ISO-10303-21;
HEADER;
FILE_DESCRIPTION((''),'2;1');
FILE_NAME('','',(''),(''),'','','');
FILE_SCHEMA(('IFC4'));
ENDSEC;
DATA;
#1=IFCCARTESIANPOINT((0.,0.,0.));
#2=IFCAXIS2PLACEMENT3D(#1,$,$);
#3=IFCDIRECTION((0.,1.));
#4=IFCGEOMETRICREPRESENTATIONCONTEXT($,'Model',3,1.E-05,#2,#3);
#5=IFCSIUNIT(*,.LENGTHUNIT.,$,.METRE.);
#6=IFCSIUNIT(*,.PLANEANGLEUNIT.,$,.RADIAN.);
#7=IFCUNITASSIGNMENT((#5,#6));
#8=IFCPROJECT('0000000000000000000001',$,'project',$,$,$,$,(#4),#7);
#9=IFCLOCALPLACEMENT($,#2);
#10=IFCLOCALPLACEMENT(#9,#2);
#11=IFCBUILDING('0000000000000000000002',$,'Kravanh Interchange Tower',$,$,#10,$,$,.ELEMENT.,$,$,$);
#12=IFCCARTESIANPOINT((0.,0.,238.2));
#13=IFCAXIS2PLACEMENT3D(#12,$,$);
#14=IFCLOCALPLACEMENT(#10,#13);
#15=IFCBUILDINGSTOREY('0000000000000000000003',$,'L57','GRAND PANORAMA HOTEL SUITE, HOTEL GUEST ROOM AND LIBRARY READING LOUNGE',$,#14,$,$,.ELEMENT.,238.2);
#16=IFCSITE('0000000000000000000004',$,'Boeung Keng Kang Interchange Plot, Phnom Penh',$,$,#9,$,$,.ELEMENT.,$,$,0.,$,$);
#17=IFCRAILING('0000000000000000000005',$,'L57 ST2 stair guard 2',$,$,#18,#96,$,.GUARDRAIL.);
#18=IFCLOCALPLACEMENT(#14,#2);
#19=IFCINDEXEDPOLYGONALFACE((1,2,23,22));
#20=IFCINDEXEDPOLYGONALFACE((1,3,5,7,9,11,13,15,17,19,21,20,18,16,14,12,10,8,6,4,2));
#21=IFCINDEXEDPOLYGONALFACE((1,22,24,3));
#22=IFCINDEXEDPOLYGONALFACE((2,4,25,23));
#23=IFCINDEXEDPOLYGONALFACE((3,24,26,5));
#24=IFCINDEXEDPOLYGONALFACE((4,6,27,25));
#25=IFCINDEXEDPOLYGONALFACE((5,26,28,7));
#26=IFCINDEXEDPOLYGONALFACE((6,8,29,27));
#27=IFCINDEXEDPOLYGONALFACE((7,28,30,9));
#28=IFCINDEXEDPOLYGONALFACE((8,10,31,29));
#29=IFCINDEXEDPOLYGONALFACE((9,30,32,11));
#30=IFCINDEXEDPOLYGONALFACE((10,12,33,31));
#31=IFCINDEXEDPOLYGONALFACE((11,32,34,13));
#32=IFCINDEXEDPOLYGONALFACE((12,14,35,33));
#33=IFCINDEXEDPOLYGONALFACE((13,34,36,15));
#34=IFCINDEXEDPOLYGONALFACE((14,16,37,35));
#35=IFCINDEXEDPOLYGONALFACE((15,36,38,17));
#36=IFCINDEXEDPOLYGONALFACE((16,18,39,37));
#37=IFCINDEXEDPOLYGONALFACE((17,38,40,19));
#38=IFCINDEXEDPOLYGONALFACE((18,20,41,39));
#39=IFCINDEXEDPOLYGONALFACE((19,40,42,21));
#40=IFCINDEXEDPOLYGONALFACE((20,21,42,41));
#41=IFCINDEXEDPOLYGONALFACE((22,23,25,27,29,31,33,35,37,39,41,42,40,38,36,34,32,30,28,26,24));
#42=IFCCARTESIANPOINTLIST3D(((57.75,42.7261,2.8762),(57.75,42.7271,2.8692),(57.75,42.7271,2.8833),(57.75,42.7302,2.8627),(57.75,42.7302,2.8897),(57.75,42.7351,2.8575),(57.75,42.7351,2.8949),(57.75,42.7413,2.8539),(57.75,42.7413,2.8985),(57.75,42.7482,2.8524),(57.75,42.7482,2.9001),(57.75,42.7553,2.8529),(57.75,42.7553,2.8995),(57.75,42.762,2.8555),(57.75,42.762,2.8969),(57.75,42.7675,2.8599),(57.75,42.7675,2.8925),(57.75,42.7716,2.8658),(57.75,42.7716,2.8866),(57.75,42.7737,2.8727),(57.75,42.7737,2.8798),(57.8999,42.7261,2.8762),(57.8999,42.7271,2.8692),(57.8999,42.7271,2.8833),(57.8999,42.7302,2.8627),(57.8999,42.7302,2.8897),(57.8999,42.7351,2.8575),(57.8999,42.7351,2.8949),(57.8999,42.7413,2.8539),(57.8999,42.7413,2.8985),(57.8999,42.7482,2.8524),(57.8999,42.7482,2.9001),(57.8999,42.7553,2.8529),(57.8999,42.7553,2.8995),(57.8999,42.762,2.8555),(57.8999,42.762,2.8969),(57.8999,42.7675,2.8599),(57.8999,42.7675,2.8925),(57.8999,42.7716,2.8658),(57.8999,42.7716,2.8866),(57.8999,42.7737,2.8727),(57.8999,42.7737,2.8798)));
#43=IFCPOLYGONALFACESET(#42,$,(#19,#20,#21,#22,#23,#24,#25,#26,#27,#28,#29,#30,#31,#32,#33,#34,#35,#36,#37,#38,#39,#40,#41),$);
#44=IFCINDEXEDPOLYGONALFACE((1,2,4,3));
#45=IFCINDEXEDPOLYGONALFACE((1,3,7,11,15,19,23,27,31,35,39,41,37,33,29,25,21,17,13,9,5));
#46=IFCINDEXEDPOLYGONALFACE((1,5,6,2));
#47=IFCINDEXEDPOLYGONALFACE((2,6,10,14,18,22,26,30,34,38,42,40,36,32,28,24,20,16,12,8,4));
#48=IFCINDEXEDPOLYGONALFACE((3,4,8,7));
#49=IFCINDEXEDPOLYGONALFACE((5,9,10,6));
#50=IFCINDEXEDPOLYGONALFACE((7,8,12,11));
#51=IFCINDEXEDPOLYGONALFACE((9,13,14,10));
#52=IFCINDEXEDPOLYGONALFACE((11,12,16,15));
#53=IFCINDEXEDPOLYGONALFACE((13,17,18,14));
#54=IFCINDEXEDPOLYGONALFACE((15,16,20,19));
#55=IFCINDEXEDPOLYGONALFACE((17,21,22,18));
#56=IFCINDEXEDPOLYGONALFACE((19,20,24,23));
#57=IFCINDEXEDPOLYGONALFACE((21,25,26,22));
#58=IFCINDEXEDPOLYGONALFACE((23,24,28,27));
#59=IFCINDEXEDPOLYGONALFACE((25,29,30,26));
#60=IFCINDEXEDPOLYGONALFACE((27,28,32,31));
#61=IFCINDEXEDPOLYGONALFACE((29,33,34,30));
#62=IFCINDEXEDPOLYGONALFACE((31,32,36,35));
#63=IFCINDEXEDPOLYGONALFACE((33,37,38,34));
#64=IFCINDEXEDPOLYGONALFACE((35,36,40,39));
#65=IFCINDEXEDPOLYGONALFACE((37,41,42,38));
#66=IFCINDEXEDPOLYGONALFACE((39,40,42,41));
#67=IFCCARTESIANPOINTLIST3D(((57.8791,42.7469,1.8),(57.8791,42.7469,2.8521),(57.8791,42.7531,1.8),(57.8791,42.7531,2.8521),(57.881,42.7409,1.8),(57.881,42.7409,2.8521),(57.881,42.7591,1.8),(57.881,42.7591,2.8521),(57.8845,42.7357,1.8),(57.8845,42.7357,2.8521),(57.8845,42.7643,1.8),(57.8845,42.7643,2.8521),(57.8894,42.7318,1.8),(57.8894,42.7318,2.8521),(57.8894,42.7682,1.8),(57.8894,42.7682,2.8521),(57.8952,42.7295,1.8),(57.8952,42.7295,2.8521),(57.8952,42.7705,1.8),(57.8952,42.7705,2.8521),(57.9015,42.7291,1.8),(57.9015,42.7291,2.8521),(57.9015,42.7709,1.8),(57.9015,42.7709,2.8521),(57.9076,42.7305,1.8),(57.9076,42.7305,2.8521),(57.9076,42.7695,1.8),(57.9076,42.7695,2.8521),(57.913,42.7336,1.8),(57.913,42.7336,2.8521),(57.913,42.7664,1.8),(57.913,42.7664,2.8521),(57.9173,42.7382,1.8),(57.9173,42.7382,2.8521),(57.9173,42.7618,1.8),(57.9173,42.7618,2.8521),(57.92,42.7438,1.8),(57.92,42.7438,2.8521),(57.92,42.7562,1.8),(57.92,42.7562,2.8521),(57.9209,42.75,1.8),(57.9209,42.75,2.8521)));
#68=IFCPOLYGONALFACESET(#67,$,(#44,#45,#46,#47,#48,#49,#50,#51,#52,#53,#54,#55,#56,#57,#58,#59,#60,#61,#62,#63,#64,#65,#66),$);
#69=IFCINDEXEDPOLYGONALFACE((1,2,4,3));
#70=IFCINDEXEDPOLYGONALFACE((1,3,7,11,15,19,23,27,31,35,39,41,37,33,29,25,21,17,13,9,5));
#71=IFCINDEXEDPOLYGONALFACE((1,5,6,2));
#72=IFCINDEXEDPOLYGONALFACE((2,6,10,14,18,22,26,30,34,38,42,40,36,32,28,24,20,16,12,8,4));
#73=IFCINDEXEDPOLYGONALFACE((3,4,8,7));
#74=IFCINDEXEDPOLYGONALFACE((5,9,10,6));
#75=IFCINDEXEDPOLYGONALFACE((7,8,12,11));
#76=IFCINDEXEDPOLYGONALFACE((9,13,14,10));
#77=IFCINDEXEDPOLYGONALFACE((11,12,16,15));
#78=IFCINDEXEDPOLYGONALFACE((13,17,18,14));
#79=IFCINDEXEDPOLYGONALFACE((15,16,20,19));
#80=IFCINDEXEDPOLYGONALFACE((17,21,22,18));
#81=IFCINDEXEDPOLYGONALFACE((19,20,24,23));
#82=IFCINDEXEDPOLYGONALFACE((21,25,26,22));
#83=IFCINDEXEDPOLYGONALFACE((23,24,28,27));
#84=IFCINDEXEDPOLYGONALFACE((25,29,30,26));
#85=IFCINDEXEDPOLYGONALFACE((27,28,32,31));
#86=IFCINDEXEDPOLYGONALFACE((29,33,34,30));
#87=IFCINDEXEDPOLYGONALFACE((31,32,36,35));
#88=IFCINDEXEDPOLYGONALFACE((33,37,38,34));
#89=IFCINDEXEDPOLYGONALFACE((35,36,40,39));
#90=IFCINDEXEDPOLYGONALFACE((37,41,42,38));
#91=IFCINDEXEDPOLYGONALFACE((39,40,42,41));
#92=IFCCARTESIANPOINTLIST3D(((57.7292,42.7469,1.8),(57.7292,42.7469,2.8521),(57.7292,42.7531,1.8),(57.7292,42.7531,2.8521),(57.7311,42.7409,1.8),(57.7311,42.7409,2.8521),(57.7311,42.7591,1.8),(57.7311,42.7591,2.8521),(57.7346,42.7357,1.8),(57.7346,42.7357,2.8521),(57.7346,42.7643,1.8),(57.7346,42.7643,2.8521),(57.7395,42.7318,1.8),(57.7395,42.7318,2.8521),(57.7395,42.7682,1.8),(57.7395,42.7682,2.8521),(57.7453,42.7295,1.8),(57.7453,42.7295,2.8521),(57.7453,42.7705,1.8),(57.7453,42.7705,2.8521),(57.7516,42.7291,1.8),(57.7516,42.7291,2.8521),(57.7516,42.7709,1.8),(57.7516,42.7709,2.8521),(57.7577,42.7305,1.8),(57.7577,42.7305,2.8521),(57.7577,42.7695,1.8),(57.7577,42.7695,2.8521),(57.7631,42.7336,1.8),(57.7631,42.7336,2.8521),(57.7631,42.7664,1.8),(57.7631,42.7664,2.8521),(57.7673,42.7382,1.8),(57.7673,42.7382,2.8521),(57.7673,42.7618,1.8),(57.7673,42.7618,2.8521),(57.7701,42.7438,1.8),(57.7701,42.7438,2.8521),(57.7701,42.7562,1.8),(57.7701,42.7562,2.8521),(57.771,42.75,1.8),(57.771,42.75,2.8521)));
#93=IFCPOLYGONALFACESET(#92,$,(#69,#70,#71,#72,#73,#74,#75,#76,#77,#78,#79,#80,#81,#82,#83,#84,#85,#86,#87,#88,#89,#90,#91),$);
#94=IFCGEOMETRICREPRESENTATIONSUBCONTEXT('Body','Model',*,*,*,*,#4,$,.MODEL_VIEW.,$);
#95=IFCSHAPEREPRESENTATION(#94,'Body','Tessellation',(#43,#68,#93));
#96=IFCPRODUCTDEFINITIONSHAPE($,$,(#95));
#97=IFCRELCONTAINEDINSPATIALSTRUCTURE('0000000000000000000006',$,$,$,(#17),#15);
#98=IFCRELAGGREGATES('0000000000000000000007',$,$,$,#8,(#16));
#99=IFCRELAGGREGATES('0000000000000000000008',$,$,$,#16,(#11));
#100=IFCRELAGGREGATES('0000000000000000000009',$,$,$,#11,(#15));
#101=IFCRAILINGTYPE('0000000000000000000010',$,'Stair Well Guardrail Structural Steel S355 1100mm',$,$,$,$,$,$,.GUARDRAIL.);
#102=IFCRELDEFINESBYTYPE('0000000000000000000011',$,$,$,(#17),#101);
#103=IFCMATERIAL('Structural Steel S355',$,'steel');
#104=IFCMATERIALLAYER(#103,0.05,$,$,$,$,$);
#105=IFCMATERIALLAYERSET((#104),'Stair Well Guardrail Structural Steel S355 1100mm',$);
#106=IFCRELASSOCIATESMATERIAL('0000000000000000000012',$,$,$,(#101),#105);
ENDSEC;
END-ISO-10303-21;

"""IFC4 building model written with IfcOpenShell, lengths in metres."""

from ifc_helpers import new_model, si_unit, direction, frame, origin, origin_2d, place, context, subcontext, project, spatial, circle, extrude, material, layer, layer_set, type_object, element, save


model = new_model("IFC4")

# Units and contexts
model_context = context("Model", 3, precision=1e-05, world=origin(), true_north=direction((0.0, 1.0)))
body_context = subcontext(model_context, "Body", "Model", "MODEL_VIEW")
ifc_project = project(units=[si_unit("LENGTHUNIT", "METRE"), si_unit("PLANEANGLEUNIT", "RADIAN")], contexts=[model_context])

# Site, building, storey
site_placement = place(None, origin())
site = spatial("IfcSite", under=ifc_project, at=site_placement, Name="Boeung Keng Kang Interchange Plot, Phnom Penh", CompositionType="ELEMENT", RefElevation=0.0)
building_placement = place(site_placement, origin())
building = spatial("IfcBuilding", under=site, at=building_placement, Name="Kravanh Interchange Tower", CompositionType="ELEMENT")
storey_placement = place(building_placement, frame((0.0, 0.0, 238.2)))
storey = spatial("IfcBuildingStorey", under=building, at=storey_placement, Name="L57", Description="GRAND PANORAMA HOTEL SUITE, HOTEL GUEST ROOM AND LIBRARY READING LOUNGE", CompositionType="ELEMENT", Elevation=238.2)

# Railing
ifc_material_1 = material(Name="Structural Steel S355", Category="steel")
ifc_layer_1 = layer(ifc_material_1, 0.05)
ifc_layer_set_1 = layer_set([ifc_layer_1], Name="Stair Well Guardrail Structural Steel S355 1100mm")
railing_type_1 = type_object("IfcRailingType", Name="Stair Well Guardrail Structural Steel S355 1100mm", PredefinedType="GUARDRAIL", material=ifc_layer_set_1)
railing_1_placement = place(storey_placement, frame((57.8999, 42.75, 1.8)))
element("IfcRailing", 1, at=railing_1_placement, inside=storey, type_object=railing_type_1, Name="L57 ST2 stair guard 2", PredefinedType="GUARDRAIL", context=body_context, shape_type="SweptSolid", body=[
    extrude(circle(Radius=0.0239, at=origin_2d()), frame((0.0, 0.0, 1.0762), z_axis=(-1.0, 0.0, 0.0), x_axis=(0.0, -1.0, 0.0)), (0.0, 0.0, 1.0), 0.1499),
    extrude(circle(Radius=0.021, at=origin_2d()), origin(), (0.0, 0.0, 1.0), 1.052),
    extrude(circle(Radius=0.021, at=origin_2d()), frame((-0.1499, 0.0, 0.0)), (0.0, 0.0, 1.0), 1.052),
])

save(model, "model.ifc")
